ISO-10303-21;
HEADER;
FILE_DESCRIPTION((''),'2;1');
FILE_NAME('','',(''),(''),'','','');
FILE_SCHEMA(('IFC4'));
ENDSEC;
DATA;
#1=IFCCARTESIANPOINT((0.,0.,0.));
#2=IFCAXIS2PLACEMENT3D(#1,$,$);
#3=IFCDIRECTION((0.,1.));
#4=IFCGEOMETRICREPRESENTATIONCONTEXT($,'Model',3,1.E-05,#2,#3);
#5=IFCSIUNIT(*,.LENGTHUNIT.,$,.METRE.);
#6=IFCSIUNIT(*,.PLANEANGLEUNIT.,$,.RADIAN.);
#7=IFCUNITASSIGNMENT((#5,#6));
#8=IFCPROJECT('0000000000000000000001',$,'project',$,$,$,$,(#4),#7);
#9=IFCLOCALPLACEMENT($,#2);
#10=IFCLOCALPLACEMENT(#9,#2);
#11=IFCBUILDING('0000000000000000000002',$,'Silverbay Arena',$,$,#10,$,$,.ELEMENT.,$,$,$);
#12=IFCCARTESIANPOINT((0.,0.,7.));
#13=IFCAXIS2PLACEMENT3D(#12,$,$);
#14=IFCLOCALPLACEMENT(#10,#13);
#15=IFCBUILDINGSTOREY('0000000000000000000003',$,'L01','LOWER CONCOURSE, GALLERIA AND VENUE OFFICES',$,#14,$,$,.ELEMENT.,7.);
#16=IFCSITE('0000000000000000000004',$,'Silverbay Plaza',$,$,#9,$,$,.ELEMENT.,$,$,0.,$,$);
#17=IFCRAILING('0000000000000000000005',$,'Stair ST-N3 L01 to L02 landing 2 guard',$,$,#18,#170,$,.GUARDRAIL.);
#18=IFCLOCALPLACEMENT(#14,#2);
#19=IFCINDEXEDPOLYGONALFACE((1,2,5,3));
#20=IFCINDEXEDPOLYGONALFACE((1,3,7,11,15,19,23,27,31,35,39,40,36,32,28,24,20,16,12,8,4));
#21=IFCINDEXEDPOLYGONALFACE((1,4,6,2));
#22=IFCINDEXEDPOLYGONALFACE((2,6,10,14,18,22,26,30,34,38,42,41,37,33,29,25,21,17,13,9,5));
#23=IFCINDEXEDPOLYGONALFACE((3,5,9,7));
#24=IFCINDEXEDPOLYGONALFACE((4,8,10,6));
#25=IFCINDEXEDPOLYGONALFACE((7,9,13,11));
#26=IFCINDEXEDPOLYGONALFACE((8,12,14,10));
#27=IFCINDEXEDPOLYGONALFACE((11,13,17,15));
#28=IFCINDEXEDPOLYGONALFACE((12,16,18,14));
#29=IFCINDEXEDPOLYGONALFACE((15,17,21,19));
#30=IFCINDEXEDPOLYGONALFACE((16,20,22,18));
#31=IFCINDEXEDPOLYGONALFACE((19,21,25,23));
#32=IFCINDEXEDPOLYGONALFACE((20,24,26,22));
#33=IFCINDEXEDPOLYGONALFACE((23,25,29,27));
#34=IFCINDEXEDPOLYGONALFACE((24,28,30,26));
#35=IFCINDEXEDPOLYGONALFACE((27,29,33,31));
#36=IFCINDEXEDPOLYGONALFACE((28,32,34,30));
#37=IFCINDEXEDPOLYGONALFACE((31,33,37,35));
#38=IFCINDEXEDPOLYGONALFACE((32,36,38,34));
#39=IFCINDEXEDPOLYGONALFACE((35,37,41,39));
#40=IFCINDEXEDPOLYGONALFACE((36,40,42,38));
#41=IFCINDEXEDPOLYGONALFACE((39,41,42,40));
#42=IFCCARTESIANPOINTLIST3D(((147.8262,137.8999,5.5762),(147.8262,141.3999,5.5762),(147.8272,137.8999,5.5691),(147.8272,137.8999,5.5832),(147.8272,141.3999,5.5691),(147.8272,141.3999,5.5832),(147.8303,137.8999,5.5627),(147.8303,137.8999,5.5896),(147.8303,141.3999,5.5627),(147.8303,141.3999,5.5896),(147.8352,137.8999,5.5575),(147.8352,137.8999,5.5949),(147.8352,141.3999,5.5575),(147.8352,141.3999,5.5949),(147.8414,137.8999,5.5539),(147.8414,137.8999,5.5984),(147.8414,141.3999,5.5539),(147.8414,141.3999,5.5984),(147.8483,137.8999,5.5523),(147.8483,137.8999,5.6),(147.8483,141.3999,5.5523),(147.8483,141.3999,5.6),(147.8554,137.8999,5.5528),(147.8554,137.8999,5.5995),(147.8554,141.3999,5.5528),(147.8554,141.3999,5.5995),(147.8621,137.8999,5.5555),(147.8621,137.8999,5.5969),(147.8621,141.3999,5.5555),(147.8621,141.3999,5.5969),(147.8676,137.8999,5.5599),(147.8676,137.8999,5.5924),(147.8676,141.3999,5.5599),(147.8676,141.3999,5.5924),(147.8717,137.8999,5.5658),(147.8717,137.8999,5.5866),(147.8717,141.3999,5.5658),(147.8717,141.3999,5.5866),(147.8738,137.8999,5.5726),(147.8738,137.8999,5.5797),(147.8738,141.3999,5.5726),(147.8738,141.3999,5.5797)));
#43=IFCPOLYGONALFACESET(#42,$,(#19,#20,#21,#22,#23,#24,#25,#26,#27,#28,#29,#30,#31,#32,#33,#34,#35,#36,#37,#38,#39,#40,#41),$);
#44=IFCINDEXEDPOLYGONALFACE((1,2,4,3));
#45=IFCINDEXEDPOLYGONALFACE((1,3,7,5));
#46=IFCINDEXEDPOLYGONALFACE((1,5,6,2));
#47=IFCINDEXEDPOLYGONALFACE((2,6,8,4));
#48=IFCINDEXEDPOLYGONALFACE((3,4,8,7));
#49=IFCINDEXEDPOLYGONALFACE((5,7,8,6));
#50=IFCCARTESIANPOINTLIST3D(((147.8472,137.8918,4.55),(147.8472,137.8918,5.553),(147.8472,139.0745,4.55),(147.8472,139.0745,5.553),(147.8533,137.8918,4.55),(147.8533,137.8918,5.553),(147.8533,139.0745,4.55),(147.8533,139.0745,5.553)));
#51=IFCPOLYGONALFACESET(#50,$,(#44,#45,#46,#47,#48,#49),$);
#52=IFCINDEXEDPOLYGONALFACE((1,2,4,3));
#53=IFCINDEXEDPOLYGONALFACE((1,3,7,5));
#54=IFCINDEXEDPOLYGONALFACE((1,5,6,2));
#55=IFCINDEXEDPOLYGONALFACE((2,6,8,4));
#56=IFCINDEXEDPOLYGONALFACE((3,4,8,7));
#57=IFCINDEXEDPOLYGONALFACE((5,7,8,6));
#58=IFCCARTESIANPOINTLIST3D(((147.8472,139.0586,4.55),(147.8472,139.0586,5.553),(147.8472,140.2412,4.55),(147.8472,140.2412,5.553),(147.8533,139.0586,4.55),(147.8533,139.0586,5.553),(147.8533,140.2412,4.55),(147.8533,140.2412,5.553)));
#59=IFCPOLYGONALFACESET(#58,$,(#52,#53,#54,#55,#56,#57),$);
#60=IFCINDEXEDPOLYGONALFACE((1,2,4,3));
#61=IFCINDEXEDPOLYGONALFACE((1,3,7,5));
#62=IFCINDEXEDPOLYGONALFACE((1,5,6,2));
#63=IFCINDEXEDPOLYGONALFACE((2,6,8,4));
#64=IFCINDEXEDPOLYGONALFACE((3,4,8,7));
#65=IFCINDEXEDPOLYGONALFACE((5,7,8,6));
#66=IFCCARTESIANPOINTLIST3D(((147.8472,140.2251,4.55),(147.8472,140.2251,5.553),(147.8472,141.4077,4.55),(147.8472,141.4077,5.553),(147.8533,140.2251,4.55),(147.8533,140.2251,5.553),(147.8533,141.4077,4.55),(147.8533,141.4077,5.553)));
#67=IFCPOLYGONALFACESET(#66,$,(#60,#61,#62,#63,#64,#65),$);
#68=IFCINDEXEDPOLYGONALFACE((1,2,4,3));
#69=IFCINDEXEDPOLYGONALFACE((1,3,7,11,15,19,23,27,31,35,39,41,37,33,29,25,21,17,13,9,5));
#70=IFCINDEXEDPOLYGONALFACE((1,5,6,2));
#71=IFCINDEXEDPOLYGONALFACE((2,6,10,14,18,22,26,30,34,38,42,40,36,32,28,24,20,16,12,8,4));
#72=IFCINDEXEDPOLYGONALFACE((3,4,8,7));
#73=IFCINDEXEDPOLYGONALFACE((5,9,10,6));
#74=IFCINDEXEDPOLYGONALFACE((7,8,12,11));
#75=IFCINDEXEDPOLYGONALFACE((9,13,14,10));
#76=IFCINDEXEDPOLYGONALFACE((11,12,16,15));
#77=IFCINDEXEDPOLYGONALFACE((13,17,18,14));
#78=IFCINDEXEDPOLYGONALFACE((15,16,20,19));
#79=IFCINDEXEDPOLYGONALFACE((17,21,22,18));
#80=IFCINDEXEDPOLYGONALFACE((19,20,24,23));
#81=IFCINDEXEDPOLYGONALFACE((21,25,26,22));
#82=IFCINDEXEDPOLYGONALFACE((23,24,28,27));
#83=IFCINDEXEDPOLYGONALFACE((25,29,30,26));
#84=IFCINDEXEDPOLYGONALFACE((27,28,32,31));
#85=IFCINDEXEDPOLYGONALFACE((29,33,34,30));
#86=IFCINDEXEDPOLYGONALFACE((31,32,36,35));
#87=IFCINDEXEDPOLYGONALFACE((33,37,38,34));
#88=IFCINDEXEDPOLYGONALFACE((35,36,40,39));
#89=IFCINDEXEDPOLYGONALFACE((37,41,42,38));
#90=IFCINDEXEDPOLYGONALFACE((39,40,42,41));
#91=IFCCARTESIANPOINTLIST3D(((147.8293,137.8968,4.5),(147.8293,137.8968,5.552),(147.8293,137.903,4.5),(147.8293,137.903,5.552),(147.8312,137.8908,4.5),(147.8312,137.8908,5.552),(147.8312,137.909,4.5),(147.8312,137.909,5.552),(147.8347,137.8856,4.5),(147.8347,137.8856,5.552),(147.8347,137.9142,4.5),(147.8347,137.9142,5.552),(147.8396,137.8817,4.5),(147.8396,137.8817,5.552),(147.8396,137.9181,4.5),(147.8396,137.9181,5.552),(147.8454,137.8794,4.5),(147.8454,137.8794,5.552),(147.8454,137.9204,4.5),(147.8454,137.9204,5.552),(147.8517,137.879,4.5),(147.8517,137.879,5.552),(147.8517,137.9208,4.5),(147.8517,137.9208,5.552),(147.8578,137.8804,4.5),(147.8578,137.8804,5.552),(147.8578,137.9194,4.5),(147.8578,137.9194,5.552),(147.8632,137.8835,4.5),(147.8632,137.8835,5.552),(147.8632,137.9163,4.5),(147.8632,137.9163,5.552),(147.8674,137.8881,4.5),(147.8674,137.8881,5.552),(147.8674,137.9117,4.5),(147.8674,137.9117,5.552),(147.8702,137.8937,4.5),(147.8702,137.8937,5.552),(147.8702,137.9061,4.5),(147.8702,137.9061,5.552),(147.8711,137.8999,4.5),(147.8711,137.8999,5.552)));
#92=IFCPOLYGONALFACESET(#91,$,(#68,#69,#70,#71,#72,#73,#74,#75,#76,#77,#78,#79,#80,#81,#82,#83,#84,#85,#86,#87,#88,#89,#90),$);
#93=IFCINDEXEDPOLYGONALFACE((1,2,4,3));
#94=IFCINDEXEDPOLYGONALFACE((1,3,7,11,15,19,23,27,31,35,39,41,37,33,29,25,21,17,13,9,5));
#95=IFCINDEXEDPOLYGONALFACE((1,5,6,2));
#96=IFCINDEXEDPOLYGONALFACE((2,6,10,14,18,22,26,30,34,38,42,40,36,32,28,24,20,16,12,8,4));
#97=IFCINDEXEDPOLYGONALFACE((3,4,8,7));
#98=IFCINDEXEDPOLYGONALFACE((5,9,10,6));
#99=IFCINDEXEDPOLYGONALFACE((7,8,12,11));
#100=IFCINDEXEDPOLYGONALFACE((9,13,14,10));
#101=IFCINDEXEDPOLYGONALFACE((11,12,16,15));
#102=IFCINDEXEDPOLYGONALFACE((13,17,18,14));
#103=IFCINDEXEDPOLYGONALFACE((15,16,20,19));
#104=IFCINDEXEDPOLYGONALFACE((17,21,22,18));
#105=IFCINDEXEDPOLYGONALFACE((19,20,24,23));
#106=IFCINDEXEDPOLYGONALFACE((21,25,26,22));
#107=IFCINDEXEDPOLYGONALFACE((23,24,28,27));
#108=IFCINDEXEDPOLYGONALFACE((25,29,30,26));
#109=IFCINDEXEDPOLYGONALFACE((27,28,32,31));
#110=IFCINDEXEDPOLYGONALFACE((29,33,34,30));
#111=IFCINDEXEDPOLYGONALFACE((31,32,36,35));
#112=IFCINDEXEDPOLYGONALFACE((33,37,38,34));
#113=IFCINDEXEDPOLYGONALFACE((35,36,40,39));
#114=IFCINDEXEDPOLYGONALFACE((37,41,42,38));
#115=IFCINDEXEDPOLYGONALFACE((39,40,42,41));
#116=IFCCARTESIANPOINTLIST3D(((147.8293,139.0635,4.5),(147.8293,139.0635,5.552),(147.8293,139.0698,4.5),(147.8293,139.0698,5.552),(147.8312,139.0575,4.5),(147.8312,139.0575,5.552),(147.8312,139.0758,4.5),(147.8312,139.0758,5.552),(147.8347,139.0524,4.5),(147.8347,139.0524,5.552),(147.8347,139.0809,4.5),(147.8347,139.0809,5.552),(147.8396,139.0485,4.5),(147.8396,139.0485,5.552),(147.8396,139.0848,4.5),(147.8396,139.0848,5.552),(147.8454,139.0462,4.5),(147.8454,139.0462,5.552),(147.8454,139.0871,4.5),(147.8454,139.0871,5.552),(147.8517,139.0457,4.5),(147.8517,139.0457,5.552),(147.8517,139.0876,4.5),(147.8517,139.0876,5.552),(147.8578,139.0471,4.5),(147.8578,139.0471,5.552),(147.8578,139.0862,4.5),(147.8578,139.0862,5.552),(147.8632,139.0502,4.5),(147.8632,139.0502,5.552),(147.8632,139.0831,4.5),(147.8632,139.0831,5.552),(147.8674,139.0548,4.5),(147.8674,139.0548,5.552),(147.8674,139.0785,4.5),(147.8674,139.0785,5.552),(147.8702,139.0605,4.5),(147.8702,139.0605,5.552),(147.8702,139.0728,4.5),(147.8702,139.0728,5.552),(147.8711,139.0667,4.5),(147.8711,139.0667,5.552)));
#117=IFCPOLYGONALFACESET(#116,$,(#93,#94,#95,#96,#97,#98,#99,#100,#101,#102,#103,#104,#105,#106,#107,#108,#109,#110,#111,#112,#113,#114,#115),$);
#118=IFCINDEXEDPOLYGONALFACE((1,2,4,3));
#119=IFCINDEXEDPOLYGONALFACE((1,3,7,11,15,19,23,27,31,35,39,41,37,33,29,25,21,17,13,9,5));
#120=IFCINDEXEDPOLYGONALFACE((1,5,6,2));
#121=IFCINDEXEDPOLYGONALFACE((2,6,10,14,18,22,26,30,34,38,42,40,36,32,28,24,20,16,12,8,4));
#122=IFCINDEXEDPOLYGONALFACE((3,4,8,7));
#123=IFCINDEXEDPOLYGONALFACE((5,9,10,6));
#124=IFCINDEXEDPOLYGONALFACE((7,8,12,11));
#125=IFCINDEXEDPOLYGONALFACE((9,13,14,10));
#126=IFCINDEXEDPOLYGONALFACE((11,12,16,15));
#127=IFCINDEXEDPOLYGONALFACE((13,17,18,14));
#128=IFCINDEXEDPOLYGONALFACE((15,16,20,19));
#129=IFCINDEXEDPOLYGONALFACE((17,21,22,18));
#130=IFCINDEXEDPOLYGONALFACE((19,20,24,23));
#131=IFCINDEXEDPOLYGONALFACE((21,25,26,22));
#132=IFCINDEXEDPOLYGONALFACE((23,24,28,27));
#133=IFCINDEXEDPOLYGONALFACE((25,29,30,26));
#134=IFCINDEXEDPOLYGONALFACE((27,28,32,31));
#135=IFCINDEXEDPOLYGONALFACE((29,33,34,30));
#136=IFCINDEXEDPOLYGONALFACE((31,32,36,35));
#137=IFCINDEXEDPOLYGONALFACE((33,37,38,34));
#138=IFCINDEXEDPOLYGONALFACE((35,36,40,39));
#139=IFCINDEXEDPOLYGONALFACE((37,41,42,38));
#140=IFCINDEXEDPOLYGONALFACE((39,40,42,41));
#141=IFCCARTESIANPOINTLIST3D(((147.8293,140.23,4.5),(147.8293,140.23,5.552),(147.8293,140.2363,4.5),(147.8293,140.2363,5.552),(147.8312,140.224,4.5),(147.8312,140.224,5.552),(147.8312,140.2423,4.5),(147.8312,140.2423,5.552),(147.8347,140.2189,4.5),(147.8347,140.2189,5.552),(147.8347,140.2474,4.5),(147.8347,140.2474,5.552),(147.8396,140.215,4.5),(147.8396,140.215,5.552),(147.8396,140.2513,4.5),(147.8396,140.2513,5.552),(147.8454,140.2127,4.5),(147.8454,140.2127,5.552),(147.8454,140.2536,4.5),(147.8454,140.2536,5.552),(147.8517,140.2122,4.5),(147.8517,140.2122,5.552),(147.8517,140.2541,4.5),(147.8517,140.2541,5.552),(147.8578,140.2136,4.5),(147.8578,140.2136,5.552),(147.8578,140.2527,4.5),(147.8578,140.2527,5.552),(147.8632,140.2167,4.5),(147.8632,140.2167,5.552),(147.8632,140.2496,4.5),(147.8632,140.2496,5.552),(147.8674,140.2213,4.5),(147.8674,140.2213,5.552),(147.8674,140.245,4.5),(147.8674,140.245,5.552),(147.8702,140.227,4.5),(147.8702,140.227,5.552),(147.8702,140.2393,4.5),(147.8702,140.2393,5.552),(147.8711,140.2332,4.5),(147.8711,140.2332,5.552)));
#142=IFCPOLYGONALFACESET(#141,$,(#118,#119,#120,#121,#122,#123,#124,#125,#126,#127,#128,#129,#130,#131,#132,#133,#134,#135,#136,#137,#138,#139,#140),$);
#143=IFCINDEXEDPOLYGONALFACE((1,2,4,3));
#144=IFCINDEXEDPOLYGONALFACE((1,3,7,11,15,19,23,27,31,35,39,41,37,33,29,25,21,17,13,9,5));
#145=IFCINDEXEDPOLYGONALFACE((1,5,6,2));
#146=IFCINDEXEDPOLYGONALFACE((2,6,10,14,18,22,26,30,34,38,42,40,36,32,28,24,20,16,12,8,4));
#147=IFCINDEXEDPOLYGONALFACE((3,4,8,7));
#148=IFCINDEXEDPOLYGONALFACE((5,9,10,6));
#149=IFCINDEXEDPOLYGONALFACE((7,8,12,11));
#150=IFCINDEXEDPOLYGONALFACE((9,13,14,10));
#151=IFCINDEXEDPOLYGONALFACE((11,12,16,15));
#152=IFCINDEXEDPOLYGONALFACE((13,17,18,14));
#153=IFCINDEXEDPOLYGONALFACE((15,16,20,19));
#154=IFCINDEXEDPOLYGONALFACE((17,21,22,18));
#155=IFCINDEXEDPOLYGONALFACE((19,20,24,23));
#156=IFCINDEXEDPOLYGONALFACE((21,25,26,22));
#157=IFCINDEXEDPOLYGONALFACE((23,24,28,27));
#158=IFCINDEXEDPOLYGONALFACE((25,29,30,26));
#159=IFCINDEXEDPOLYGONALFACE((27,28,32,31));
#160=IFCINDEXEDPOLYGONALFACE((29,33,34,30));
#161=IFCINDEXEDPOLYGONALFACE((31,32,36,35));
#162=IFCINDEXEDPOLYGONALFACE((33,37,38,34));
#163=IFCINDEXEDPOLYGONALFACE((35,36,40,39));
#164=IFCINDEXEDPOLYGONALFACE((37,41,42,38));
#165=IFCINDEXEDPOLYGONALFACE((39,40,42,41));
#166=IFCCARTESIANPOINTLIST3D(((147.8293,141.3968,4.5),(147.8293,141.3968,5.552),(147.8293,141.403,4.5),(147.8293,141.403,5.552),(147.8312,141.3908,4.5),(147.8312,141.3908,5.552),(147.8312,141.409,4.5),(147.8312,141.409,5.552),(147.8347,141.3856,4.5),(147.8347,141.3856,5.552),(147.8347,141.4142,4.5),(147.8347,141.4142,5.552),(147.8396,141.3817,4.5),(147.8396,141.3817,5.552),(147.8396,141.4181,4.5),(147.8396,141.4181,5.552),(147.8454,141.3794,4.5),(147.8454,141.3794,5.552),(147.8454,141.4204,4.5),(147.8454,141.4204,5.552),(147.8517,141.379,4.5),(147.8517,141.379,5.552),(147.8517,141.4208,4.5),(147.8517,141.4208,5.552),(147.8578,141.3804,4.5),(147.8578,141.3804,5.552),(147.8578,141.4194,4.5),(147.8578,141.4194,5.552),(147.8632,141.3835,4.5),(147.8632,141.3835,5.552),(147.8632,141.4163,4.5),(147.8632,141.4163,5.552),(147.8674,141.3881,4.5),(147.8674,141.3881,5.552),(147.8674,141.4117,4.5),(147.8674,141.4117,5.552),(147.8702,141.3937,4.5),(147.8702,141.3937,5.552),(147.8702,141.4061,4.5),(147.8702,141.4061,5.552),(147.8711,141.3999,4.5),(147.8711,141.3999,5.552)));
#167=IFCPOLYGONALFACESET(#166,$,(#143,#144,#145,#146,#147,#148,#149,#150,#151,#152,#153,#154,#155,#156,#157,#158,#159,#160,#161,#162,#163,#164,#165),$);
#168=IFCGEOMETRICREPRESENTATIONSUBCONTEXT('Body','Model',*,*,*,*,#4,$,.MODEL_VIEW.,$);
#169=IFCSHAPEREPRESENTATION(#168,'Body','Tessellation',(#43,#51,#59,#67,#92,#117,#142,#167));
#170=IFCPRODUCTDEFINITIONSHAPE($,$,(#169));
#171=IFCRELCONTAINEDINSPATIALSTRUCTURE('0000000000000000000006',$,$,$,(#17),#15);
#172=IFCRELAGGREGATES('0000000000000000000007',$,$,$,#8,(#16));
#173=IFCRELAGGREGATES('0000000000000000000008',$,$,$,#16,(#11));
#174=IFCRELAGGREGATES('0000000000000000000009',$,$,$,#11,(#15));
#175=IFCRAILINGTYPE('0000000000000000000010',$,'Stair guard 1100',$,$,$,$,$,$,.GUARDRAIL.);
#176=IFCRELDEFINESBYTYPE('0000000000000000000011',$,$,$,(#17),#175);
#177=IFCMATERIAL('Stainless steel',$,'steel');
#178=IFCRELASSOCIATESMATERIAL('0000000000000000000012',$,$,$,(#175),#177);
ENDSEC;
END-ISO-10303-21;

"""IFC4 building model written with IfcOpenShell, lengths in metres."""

from ifc_helpers import new_model, si_unit, direction, frame, origin, origin_2d, place, context, subcontext, project, spatial, polyline, circle, outline, extrude, material, type_object, element, save


model = new_model("IFC4")

# Units and contexts
model_context = context("Model", 3, precision=1e-05, world=origin(), true_north=direction((0.0, 1.0)))
body_context = subcontext(model_context, "Body", "Model", "MODEL_VIEW")
ifc_project = project(units=[si_unit("LENGTHUNIT", "METRE"), si_unit("PLANEANGLEUNIT", "RADIAN")], contexts=[model_context])

# Site, building, storey
site_placement = place(None, origin())
site = spatial("IfcSite", under=ifc_project, at=site_placement, Name="Silverbay Plaza", CompositionType="ELEMENT", RefElevation=0.0)
building_placement = place(site_placement, origin())
building = spatial("IfcBuilding", under=site, at=building_placement, Name="Silverbay Arena", CompositionType="ELEMENT")
storey_placement = place(building_placement, frame((0.0, 0.0, 7.0)))
storey = spatial("IfcBuildingStorey", under=building, at=storey_placement, Name="L01", Description="LOWER CONCOURSE, GALLERIA AND VENUE OFFICES", CompositionType="ELEMENT", Elevation=7.0)

# Railing
ifc_material_1 = material(Name="Stainless steel", Category="steel")
railing_type_1 = type_object("IfcRailingType", Name="Stair guard 1100", PredefinedType="GUARDRAIL", material=ifc_material_1)
for number, where, name in (
    (1, (147.8501, 137.8999, 4.5), "Stair ST-N3 L01 to L02 landing 2 guard"),
):
    element("IfcRailing", number, at=place(storey_placement, frame(where)), inside=storey, type_object=railing_type_1, Name=name, PredefinedType="GUARDRAIL", context=body_context, shape_type="SweptSolid", body=[
        extrude(circle(Radius=0.0239, at=origin_2d()), frame((0.0, 0.0, 1.0762), z_axis=(0.0, 1.0, 0.0), x_axis=(-1.0, 0.0, 0.0)), (0.0, 0.0, 1.0), 3.5),
        extrude(outline(polyline([(-0.0081, 0.05), (1.1746, 0.05), (1.1746, 1.053), (-0.0081, 1.053), (-0.0081, 0.05)])), frame((-0.0029, 0.0, 0.0), z_axis=(1.0, 0.0, 0.0), x_axis=(0.0, 1.0, 0.0)), (0.0, 0.0, 1.0), 0.0061),
        extrude(outline(polyline([(-0.0081, 0.05), (1.1746, 0.05), (1.1746, 1.053), (-0.0081, 1.053), (-0.0081, 0.05)])), frame((-0.0029, 1.1667, 0.0), z_axis=(1.0, 0.0, 0.0), x_axis=(0.0, 1.0, 0.0)), (0.0, 0.0, 1.0), 0.0061),
        extrude(outline(polyline([(-0.0081, 0.05), (1.1746, 0.05), (1.1746, 1.053), (-0.0081, 1.053), (-0.0081, 0.05)])), frame((-0.0029, 2.3333, 0.0), z_axis=(1.0, 0.0, 0.0), x_axis=(0.0, 1.0, 0.0)), (0.0, 0.0, 1.0), 0.0061),
        extrude(circle(Radius=0.021, at=origin_2d()), origin(), (0.0, 0.0, 1.0), 1.052),
        extrude(circle(Radius=0.021, at=origin_2d()), frame((0.0, 1.1667, 0.0)), (0.0, 0.0, 1.0), 1.052),
        extrude(circle(Radius=0.021, at=origin_2d()), frame((0.0, 2.3333, 0.0)), (0.0, 0.0, 1.0), 1.052),
        extrude(circle(Radius=0.021, at=origin_2d()), frame((0.0, 3.5, 0.0)), (0.0, 0.0, 1.0), 1.052),
    ])

save(model, "model.ifc")
